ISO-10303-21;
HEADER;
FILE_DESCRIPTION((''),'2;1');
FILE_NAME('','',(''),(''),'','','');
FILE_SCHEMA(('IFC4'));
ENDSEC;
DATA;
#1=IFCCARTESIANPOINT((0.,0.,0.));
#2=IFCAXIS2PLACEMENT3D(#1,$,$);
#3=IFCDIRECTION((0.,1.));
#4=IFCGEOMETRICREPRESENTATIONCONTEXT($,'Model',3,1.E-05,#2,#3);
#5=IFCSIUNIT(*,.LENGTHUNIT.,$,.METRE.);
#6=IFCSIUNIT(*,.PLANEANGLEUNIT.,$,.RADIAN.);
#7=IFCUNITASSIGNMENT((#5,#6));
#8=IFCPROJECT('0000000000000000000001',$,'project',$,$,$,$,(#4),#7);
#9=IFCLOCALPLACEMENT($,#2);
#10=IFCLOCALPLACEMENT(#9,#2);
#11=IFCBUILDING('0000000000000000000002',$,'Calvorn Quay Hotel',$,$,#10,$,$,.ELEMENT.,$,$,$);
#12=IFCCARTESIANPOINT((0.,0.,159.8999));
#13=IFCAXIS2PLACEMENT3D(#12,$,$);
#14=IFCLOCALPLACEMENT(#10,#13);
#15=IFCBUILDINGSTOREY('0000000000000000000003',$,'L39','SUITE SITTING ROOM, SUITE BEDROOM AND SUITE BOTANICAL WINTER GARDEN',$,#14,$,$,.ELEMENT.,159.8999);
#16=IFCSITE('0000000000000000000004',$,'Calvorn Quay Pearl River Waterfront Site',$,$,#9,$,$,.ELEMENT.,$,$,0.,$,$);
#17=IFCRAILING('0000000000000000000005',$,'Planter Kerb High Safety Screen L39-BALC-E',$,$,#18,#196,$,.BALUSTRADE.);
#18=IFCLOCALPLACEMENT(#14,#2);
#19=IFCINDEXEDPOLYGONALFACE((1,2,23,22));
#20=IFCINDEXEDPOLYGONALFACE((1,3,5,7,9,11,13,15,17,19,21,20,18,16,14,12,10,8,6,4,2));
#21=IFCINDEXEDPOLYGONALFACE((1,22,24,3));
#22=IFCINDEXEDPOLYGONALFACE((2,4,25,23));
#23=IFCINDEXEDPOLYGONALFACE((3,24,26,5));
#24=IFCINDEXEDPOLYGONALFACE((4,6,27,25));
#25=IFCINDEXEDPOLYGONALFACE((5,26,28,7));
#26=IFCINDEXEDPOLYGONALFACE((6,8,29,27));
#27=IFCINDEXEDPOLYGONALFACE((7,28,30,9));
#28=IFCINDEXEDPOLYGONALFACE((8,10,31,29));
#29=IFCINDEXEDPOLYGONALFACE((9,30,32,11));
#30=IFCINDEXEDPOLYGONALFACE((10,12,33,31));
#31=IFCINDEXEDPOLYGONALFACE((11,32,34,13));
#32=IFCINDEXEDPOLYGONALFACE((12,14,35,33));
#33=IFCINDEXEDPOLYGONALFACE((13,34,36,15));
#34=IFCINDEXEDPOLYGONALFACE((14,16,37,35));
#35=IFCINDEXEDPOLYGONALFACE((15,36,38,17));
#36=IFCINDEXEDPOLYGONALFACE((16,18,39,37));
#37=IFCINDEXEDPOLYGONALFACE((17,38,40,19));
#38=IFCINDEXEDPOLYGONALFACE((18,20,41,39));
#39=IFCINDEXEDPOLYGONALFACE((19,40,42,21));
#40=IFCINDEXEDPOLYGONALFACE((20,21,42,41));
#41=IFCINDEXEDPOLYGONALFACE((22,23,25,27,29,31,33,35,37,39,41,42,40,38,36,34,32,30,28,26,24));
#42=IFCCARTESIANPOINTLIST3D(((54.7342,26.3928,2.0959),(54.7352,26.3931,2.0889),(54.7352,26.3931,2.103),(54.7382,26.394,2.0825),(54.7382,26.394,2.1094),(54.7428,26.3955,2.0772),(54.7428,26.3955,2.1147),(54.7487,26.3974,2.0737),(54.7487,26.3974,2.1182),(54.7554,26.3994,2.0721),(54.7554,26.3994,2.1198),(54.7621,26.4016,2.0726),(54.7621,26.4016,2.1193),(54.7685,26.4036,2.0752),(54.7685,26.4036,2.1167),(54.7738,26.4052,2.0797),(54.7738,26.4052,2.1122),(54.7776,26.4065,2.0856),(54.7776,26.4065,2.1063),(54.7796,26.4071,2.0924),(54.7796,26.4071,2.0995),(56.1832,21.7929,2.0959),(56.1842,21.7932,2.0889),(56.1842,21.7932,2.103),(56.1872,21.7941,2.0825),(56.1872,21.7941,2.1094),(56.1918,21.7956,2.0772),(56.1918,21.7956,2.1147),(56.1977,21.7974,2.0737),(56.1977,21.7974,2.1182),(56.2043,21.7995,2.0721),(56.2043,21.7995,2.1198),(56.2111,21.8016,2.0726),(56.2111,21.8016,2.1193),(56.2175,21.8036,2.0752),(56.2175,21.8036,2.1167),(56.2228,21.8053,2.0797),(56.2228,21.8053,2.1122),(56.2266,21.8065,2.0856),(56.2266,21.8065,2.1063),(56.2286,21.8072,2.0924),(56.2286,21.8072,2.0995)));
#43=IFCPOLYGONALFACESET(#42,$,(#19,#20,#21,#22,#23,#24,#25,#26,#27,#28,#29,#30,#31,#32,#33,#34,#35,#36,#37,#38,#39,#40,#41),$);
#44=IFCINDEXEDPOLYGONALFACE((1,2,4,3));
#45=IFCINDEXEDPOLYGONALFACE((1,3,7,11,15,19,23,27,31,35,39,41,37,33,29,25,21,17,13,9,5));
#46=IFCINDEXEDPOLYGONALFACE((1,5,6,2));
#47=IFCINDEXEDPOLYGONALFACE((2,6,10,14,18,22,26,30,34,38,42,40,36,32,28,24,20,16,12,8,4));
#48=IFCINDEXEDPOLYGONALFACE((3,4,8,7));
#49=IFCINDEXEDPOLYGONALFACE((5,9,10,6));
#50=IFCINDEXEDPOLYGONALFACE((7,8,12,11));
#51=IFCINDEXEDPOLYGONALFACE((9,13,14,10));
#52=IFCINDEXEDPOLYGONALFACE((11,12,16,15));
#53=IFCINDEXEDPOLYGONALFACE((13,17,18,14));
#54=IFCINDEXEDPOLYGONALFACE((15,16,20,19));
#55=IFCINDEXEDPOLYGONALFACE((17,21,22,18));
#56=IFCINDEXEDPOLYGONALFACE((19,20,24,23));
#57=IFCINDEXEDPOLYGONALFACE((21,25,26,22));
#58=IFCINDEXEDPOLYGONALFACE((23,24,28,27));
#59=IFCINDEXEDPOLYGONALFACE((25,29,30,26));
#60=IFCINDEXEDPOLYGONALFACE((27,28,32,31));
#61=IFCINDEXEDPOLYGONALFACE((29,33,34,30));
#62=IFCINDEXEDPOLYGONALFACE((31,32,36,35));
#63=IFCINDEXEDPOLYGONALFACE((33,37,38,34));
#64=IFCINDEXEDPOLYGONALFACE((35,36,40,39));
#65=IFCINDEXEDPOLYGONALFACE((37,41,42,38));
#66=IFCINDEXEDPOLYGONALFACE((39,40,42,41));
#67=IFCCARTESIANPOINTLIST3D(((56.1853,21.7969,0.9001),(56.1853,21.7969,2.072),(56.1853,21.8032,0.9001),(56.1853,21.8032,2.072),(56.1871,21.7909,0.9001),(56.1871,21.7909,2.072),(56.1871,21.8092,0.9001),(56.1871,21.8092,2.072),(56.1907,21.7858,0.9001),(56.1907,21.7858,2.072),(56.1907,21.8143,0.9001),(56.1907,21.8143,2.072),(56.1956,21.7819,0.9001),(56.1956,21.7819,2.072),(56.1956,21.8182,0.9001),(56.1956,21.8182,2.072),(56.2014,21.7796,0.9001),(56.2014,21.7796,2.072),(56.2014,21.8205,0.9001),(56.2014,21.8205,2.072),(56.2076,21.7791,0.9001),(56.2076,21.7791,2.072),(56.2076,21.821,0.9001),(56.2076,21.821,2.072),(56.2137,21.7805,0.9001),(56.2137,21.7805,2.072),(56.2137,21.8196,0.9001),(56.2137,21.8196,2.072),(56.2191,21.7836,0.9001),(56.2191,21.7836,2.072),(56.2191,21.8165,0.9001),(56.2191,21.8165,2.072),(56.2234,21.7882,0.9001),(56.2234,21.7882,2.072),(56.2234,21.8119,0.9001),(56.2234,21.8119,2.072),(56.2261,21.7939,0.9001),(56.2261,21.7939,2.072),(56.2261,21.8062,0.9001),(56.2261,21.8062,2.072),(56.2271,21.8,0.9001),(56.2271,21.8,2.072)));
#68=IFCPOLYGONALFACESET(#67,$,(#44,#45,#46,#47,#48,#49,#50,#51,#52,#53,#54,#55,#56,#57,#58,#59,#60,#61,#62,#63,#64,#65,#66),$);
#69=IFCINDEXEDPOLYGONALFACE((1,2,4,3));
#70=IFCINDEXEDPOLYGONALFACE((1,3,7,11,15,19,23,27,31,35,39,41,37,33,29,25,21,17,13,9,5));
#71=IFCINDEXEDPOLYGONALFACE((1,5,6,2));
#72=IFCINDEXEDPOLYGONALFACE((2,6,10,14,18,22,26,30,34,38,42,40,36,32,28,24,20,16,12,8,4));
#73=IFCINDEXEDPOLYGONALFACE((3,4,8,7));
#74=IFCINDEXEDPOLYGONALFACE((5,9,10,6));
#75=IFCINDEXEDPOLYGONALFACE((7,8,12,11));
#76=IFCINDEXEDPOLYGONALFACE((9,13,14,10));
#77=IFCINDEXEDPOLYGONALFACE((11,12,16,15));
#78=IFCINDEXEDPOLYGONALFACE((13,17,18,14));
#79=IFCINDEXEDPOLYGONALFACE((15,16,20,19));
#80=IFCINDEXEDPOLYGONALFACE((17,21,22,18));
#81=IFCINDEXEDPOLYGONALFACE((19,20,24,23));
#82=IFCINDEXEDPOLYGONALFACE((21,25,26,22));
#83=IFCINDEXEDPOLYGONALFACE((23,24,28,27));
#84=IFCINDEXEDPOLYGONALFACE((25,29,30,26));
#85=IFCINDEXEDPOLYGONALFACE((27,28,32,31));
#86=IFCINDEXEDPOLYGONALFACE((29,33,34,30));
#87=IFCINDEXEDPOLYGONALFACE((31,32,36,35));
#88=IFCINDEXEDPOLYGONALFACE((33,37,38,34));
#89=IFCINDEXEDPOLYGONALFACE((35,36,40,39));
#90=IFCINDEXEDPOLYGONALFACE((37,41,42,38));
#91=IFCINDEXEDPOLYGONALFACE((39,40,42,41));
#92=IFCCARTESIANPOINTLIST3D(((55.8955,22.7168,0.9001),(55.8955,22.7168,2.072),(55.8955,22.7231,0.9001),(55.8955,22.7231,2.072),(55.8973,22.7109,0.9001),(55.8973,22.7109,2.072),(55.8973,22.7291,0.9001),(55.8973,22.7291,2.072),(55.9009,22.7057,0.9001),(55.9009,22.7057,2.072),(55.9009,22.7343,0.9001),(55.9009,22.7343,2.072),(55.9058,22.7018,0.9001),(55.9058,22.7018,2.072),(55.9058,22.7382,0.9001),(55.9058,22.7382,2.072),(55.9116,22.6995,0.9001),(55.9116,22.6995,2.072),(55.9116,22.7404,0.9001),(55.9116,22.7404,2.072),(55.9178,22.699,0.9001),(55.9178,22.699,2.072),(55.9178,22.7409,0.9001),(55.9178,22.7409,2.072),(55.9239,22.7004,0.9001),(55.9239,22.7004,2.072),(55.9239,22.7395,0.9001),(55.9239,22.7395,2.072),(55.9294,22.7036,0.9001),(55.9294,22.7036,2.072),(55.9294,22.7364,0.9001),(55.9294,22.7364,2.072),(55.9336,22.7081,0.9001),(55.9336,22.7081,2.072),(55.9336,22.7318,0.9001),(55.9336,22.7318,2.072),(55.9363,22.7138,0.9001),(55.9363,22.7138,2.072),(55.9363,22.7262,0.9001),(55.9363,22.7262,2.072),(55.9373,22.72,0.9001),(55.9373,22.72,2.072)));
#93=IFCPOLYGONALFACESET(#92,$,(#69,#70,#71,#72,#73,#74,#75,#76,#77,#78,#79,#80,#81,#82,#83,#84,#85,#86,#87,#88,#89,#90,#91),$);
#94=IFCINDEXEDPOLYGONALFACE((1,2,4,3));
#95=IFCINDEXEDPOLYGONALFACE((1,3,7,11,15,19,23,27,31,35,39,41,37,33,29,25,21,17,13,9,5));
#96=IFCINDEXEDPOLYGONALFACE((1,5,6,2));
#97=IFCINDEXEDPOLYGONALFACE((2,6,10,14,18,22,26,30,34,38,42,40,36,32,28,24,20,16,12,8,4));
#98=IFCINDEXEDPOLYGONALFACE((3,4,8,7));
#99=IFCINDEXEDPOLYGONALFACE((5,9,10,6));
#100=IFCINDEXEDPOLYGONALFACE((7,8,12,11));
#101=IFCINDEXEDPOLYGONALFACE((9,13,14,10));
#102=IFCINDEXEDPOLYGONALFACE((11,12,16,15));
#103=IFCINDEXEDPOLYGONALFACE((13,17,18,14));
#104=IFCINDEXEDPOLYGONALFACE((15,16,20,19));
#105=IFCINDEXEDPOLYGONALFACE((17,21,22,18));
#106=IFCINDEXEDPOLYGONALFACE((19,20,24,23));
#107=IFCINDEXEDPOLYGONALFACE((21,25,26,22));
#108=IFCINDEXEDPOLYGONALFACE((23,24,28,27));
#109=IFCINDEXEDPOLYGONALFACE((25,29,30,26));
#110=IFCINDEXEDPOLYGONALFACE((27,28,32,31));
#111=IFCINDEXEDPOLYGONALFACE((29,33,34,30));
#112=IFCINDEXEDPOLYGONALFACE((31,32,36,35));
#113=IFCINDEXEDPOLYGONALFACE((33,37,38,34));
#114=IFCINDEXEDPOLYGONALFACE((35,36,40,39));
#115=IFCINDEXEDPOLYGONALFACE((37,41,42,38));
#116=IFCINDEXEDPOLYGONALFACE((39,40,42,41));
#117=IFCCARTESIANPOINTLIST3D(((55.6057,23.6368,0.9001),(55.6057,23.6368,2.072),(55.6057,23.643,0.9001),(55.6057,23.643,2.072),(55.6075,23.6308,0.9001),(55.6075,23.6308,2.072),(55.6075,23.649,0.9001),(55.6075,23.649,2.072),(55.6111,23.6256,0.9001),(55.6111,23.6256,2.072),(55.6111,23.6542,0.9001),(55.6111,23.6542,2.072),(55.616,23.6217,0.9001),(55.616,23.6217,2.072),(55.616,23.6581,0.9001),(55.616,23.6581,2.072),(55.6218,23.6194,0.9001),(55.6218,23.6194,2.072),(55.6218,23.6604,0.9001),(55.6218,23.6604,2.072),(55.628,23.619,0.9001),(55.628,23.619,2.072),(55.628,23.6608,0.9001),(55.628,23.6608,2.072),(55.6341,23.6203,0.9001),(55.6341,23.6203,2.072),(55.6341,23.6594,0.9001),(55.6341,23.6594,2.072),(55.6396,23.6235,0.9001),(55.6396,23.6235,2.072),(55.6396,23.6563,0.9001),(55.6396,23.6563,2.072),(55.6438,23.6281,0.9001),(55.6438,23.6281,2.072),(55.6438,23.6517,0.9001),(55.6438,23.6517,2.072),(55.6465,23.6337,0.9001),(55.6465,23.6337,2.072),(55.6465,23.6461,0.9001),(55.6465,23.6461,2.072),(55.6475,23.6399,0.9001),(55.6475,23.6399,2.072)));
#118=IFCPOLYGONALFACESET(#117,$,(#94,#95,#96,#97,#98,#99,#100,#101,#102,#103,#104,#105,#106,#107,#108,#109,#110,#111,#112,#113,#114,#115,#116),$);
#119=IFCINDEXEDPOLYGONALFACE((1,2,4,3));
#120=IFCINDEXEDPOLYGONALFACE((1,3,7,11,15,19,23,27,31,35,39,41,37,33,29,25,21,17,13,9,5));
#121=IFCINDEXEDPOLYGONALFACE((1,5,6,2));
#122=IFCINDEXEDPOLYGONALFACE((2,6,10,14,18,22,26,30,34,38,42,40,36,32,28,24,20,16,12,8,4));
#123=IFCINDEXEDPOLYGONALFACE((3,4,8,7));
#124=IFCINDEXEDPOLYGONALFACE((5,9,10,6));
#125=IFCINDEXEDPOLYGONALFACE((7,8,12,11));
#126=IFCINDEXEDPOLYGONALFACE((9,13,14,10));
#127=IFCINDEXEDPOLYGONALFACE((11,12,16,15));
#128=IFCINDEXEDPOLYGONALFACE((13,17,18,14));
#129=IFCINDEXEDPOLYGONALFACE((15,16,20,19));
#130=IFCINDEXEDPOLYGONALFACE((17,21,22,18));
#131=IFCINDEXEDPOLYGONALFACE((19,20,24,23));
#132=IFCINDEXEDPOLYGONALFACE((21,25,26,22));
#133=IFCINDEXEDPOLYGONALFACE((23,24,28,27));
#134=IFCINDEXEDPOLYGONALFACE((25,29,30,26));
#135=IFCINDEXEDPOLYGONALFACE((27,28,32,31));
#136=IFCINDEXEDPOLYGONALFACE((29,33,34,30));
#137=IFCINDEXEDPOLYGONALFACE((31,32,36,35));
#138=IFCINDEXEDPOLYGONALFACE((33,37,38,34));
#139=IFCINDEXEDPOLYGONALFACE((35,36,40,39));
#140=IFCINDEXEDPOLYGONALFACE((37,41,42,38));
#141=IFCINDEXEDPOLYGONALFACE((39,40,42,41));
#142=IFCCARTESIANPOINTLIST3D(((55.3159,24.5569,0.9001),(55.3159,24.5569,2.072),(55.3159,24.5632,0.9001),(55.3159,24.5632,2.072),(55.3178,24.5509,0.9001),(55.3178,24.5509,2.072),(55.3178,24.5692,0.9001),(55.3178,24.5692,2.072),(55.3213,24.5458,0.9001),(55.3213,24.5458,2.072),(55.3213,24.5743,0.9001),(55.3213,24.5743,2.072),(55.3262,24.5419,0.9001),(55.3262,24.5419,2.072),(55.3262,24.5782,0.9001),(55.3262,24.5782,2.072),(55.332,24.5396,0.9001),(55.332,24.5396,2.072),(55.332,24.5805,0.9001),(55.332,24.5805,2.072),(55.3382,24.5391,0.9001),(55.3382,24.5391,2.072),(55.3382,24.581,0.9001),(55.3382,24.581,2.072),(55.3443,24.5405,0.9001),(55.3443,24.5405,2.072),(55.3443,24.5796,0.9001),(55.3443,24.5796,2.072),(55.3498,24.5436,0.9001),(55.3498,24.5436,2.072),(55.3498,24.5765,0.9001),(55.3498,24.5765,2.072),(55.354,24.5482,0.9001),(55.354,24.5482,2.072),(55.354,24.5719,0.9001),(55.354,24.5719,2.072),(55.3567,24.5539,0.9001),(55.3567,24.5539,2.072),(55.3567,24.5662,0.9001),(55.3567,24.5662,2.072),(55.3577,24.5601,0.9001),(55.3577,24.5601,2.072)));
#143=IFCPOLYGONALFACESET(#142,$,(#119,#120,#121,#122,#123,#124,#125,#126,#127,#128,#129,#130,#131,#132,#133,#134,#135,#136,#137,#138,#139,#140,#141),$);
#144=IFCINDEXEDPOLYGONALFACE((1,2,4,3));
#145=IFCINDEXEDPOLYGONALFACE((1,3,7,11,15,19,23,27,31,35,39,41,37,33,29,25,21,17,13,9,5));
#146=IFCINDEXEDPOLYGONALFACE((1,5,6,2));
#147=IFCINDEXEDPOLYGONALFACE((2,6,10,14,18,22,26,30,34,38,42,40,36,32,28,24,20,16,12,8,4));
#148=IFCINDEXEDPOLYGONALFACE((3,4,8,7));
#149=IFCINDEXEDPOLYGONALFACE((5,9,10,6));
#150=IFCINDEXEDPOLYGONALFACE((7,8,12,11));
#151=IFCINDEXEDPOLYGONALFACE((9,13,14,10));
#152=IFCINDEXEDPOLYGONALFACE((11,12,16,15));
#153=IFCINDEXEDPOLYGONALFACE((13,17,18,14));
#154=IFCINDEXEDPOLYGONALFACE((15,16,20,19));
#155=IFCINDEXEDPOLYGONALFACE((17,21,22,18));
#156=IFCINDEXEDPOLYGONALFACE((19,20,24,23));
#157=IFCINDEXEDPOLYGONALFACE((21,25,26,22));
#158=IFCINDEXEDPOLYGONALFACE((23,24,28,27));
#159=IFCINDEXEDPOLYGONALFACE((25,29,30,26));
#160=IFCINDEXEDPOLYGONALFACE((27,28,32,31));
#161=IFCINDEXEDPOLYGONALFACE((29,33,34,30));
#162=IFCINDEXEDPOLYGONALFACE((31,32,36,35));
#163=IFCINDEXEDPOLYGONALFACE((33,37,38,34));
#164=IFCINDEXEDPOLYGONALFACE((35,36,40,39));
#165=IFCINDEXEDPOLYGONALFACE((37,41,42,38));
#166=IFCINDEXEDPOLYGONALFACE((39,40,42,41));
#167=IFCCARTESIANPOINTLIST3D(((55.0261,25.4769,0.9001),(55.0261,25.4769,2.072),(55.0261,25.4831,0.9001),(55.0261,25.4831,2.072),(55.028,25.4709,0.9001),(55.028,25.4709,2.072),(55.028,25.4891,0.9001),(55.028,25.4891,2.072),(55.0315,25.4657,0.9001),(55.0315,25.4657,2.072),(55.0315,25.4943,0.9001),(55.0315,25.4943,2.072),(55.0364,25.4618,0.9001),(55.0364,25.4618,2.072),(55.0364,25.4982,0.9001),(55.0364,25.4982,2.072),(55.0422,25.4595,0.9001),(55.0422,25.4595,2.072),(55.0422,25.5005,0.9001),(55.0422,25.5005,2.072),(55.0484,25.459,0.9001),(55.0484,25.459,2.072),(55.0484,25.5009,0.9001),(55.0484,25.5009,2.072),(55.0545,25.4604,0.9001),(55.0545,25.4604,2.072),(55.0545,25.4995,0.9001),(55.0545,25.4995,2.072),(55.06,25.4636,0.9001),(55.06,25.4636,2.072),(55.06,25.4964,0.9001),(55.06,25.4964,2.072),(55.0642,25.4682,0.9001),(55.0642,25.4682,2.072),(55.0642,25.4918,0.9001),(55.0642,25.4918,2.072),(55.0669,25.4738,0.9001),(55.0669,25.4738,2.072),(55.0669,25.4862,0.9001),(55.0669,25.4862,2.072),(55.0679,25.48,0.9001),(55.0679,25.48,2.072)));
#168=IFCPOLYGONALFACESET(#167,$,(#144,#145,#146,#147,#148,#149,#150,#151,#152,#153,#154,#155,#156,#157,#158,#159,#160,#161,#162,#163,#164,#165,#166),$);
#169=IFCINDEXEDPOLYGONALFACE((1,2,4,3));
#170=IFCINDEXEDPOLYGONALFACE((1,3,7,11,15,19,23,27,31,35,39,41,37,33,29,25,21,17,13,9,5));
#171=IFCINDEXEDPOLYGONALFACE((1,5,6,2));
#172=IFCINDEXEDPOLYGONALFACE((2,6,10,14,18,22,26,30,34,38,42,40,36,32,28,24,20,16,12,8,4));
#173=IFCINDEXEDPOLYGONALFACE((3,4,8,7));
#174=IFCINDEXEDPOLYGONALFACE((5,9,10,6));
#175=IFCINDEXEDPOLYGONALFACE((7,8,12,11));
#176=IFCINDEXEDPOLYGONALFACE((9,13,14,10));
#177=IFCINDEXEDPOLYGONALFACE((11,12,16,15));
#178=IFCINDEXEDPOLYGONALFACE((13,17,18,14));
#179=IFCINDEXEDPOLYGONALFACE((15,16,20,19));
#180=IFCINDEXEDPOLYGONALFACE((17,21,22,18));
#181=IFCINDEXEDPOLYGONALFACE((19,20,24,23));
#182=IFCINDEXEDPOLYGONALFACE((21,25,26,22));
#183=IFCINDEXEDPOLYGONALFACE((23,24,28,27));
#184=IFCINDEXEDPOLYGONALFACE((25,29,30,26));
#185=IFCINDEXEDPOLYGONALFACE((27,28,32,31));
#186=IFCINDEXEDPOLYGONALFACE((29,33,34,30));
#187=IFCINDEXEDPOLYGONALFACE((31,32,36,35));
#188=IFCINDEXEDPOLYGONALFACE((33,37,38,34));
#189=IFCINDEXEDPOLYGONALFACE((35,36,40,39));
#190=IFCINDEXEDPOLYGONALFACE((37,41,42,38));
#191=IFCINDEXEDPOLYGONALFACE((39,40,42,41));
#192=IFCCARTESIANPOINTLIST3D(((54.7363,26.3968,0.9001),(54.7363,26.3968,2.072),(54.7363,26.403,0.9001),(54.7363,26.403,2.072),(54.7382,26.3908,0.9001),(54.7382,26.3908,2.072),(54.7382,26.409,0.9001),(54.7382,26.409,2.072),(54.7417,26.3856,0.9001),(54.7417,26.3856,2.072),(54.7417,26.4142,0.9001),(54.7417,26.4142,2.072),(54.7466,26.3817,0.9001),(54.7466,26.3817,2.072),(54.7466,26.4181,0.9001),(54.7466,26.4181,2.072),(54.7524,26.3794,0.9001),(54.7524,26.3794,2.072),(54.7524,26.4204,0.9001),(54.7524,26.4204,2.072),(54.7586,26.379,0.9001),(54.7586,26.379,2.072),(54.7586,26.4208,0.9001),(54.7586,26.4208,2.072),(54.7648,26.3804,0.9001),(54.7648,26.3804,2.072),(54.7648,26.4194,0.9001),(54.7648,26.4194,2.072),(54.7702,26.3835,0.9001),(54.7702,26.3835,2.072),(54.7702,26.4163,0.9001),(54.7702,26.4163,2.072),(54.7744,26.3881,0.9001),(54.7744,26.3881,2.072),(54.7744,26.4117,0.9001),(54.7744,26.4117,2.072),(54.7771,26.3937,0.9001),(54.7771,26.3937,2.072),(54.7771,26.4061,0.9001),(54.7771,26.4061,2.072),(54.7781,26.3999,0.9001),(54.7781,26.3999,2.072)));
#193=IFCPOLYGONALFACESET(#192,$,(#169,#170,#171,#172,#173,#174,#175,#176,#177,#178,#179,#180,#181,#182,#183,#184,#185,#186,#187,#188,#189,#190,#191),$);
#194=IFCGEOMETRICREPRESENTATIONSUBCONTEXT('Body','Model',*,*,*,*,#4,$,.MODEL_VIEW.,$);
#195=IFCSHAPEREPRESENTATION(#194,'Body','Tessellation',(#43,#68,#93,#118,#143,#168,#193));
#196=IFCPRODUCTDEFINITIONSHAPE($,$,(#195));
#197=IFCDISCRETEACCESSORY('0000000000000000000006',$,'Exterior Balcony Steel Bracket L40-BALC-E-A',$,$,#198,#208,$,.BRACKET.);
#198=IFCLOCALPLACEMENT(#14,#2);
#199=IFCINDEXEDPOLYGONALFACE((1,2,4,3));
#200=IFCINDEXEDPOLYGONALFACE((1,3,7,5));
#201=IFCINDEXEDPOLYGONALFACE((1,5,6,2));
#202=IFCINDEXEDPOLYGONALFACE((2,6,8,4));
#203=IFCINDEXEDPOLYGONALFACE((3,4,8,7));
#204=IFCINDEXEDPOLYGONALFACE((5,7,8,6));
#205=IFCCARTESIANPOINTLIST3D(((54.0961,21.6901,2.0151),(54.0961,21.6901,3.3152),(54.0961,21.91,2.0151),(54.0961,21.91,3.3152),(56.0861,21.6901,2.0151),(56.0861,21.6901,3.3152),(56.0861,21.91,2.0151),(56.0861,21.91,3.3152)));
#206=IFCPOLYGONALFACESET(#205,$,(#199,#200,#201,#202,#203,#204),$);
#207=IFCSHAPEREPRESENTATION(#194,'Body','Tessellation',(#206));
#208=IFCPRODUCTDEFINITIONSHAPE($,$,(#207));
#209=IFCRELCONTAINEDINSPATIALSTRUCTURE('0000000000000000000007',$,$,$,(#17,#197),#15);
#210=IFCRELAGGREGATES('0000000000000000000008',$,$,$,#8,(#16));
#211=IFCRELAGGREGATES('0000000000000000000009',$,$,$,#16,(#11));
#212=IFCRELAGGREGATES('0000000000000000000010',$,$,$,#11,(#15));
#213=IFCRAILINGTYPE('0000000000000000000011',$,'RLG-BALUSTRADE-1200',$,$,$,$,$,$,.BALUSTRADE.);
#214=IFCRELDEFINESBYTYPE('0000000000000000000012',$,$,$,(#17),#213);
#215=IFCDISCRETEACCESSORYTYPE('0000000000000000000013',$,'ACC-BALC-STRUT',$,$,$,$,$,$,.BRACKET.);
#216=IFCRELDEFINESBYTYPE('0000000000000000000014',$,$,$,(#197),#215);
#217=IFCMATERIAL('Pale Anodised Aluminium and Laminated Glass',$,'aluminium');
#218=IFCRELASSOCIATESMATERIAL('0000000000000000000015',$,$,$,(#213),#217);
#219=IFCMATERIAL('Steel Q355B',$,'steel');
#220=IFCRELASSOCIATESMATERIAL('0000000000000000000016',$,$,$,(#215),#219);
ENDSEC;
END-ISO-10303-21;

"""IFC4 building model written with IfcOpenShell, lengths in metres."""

from ifc_helpers import new_model, si_unit, direction, frame, origin, origin_2d, place, context, subcontext, project, spatial, rectangle, circle, extrude, material, type_object, element, save


model = new_model("IFC4")

# Units and contexts
model_context = context("Model", 3, precision=1e-05, world=origin(), true_north=direction((0.0, 1.0)))
body_context = subcontext(model_context, "Body", "Model", "MODEL_VIEW")
ifc_project = project(units=[si_unit("LENGTHUNIT", "METRE"), si_unit("PLANEANGLEUNIT", "RADIAN")], contexts=[model_context])

# Site, building, storey
site_placement = place(None, origin())
site = spatial("IfcSite", under=ifc_project, at=site_placement, Name="Calvorn Quay Pearl River Waterfront Site", CompositionType="ELEMENT", RefElevation=0.0)
building_placement = place(site_placement, origin())
building = spatial("IfcBuilding", under=site, at=building_placement, Name="Calvorn Quay Hotel", CompositionType="ELEMENT")
storey_placement = place(building_placement, frame((0.0, 0.0, 159.8999)))
storey = spatial("IfcBuildingStorey", under=building, at=storey_placement, Name="L39", Description="SUITE SITTING ROOM, SUITE BEDROOM AND SUITE BOTANICAL WINTER GARDEN", CompositionType="ELEMENT", Elevation=159.8999)

# Railing
ifc_material_1 = material(Name="Pale Anodised Aluminium and Laminated Glass", Category="aluminium")
railing_type = type_object("IfcRailingType", Name="RLG-BALUSTRADE-1200", PredefinedType="BALUSTRADE", material=ifc_material_1)
railing_1_placement = place(storey_placement, frame((56.2061, 21.8, 0.9001)))
element("IfcRailing", 1, at=railing_1_placement, inside=storey, type_object=railing_type, Name="Planter Kerb High Safety Screen L39-BALC-E", PredefinedType="BALUSTRADE", context=body_context, shape_type="SweptSolid", body=[
    extrude(circle(Radius=0.0239, at=origin_2d()), frame((0.0, 0.0, 1.1958), z_axis=(-0.30045, 0.953797, 0.0), x_axis=(-0.953797, -0.30045, 0.0)), (0.0, 0.0, 1.0), 4.8228),
    extrude(circle(Radius=0.021, at=origin_2d()), origin(), (0.0, 0.0, 1.0), 1.1719),
    extrude(circle(Radius=0.021, at=origin_2d()), frame((-0.2898, 0.9199, 0.0)), (0.0, 0.0, 1.0), 1.1719),
    extrude(circle(Radius=0.021, at=origin_2d()), frame((-0.5796, 1.8398, 0.0)), (0.0, 0.0, 1.0), 1.1719),
    extrude(circle(Radius=0.021, at=origin_2d()), frame((-0.8694, 2.76, 0.0)), (0.0, 0.0, 1.0), 1.1719),
    extrude(circle(Radius=0.021, at=origin_2d()), frame((-1.1592, 3.6799, 0.0)), (0.0, 0.0, 1.0), 1.1719),
    extrude(circle(Radius=0.021, at=origin_2d()), frame((-1.449, 4.5999, 0.0)), (0.0, 0.0, 1.0), 1.1719),
])

# Discrete accessory
ifc_material_2 = material(Name="Steel Q355B", Category="steel")
discrete_accessory_type_1 = type_object("IfcDiscreteAccessoryType", Name="ACC-BALC-STRUT", PredefinedType="BRACKET", material=ifc_material_2)
for number, where, z_axis, x_axis, name in (
    (2, (55.0911, 21.8, 2.0151), (0.0, 0.0, 1.0), (1.0, 0.0, 0.0), "Exterior Balcony Steel Bracket L40-BALC-E-A"),
):
    element("IfcDiscreteAccessory", number, at=place(storey_placement, frame(where, z_axis=z_axis, x_axis=x_axis)), inside=storey, type_object=discrete_accessory_type_1, Name=name, PredefinedType="BRACKET", context=body_context, shape_type="SweptSolid", body=[
        extrude(rectangle(XDim=1.99, YDim=0.22, at=origin_2d()), origin(), (0.0, 0.0, 1.0), 1.3),
    ])

save(model, "model.ifc")
